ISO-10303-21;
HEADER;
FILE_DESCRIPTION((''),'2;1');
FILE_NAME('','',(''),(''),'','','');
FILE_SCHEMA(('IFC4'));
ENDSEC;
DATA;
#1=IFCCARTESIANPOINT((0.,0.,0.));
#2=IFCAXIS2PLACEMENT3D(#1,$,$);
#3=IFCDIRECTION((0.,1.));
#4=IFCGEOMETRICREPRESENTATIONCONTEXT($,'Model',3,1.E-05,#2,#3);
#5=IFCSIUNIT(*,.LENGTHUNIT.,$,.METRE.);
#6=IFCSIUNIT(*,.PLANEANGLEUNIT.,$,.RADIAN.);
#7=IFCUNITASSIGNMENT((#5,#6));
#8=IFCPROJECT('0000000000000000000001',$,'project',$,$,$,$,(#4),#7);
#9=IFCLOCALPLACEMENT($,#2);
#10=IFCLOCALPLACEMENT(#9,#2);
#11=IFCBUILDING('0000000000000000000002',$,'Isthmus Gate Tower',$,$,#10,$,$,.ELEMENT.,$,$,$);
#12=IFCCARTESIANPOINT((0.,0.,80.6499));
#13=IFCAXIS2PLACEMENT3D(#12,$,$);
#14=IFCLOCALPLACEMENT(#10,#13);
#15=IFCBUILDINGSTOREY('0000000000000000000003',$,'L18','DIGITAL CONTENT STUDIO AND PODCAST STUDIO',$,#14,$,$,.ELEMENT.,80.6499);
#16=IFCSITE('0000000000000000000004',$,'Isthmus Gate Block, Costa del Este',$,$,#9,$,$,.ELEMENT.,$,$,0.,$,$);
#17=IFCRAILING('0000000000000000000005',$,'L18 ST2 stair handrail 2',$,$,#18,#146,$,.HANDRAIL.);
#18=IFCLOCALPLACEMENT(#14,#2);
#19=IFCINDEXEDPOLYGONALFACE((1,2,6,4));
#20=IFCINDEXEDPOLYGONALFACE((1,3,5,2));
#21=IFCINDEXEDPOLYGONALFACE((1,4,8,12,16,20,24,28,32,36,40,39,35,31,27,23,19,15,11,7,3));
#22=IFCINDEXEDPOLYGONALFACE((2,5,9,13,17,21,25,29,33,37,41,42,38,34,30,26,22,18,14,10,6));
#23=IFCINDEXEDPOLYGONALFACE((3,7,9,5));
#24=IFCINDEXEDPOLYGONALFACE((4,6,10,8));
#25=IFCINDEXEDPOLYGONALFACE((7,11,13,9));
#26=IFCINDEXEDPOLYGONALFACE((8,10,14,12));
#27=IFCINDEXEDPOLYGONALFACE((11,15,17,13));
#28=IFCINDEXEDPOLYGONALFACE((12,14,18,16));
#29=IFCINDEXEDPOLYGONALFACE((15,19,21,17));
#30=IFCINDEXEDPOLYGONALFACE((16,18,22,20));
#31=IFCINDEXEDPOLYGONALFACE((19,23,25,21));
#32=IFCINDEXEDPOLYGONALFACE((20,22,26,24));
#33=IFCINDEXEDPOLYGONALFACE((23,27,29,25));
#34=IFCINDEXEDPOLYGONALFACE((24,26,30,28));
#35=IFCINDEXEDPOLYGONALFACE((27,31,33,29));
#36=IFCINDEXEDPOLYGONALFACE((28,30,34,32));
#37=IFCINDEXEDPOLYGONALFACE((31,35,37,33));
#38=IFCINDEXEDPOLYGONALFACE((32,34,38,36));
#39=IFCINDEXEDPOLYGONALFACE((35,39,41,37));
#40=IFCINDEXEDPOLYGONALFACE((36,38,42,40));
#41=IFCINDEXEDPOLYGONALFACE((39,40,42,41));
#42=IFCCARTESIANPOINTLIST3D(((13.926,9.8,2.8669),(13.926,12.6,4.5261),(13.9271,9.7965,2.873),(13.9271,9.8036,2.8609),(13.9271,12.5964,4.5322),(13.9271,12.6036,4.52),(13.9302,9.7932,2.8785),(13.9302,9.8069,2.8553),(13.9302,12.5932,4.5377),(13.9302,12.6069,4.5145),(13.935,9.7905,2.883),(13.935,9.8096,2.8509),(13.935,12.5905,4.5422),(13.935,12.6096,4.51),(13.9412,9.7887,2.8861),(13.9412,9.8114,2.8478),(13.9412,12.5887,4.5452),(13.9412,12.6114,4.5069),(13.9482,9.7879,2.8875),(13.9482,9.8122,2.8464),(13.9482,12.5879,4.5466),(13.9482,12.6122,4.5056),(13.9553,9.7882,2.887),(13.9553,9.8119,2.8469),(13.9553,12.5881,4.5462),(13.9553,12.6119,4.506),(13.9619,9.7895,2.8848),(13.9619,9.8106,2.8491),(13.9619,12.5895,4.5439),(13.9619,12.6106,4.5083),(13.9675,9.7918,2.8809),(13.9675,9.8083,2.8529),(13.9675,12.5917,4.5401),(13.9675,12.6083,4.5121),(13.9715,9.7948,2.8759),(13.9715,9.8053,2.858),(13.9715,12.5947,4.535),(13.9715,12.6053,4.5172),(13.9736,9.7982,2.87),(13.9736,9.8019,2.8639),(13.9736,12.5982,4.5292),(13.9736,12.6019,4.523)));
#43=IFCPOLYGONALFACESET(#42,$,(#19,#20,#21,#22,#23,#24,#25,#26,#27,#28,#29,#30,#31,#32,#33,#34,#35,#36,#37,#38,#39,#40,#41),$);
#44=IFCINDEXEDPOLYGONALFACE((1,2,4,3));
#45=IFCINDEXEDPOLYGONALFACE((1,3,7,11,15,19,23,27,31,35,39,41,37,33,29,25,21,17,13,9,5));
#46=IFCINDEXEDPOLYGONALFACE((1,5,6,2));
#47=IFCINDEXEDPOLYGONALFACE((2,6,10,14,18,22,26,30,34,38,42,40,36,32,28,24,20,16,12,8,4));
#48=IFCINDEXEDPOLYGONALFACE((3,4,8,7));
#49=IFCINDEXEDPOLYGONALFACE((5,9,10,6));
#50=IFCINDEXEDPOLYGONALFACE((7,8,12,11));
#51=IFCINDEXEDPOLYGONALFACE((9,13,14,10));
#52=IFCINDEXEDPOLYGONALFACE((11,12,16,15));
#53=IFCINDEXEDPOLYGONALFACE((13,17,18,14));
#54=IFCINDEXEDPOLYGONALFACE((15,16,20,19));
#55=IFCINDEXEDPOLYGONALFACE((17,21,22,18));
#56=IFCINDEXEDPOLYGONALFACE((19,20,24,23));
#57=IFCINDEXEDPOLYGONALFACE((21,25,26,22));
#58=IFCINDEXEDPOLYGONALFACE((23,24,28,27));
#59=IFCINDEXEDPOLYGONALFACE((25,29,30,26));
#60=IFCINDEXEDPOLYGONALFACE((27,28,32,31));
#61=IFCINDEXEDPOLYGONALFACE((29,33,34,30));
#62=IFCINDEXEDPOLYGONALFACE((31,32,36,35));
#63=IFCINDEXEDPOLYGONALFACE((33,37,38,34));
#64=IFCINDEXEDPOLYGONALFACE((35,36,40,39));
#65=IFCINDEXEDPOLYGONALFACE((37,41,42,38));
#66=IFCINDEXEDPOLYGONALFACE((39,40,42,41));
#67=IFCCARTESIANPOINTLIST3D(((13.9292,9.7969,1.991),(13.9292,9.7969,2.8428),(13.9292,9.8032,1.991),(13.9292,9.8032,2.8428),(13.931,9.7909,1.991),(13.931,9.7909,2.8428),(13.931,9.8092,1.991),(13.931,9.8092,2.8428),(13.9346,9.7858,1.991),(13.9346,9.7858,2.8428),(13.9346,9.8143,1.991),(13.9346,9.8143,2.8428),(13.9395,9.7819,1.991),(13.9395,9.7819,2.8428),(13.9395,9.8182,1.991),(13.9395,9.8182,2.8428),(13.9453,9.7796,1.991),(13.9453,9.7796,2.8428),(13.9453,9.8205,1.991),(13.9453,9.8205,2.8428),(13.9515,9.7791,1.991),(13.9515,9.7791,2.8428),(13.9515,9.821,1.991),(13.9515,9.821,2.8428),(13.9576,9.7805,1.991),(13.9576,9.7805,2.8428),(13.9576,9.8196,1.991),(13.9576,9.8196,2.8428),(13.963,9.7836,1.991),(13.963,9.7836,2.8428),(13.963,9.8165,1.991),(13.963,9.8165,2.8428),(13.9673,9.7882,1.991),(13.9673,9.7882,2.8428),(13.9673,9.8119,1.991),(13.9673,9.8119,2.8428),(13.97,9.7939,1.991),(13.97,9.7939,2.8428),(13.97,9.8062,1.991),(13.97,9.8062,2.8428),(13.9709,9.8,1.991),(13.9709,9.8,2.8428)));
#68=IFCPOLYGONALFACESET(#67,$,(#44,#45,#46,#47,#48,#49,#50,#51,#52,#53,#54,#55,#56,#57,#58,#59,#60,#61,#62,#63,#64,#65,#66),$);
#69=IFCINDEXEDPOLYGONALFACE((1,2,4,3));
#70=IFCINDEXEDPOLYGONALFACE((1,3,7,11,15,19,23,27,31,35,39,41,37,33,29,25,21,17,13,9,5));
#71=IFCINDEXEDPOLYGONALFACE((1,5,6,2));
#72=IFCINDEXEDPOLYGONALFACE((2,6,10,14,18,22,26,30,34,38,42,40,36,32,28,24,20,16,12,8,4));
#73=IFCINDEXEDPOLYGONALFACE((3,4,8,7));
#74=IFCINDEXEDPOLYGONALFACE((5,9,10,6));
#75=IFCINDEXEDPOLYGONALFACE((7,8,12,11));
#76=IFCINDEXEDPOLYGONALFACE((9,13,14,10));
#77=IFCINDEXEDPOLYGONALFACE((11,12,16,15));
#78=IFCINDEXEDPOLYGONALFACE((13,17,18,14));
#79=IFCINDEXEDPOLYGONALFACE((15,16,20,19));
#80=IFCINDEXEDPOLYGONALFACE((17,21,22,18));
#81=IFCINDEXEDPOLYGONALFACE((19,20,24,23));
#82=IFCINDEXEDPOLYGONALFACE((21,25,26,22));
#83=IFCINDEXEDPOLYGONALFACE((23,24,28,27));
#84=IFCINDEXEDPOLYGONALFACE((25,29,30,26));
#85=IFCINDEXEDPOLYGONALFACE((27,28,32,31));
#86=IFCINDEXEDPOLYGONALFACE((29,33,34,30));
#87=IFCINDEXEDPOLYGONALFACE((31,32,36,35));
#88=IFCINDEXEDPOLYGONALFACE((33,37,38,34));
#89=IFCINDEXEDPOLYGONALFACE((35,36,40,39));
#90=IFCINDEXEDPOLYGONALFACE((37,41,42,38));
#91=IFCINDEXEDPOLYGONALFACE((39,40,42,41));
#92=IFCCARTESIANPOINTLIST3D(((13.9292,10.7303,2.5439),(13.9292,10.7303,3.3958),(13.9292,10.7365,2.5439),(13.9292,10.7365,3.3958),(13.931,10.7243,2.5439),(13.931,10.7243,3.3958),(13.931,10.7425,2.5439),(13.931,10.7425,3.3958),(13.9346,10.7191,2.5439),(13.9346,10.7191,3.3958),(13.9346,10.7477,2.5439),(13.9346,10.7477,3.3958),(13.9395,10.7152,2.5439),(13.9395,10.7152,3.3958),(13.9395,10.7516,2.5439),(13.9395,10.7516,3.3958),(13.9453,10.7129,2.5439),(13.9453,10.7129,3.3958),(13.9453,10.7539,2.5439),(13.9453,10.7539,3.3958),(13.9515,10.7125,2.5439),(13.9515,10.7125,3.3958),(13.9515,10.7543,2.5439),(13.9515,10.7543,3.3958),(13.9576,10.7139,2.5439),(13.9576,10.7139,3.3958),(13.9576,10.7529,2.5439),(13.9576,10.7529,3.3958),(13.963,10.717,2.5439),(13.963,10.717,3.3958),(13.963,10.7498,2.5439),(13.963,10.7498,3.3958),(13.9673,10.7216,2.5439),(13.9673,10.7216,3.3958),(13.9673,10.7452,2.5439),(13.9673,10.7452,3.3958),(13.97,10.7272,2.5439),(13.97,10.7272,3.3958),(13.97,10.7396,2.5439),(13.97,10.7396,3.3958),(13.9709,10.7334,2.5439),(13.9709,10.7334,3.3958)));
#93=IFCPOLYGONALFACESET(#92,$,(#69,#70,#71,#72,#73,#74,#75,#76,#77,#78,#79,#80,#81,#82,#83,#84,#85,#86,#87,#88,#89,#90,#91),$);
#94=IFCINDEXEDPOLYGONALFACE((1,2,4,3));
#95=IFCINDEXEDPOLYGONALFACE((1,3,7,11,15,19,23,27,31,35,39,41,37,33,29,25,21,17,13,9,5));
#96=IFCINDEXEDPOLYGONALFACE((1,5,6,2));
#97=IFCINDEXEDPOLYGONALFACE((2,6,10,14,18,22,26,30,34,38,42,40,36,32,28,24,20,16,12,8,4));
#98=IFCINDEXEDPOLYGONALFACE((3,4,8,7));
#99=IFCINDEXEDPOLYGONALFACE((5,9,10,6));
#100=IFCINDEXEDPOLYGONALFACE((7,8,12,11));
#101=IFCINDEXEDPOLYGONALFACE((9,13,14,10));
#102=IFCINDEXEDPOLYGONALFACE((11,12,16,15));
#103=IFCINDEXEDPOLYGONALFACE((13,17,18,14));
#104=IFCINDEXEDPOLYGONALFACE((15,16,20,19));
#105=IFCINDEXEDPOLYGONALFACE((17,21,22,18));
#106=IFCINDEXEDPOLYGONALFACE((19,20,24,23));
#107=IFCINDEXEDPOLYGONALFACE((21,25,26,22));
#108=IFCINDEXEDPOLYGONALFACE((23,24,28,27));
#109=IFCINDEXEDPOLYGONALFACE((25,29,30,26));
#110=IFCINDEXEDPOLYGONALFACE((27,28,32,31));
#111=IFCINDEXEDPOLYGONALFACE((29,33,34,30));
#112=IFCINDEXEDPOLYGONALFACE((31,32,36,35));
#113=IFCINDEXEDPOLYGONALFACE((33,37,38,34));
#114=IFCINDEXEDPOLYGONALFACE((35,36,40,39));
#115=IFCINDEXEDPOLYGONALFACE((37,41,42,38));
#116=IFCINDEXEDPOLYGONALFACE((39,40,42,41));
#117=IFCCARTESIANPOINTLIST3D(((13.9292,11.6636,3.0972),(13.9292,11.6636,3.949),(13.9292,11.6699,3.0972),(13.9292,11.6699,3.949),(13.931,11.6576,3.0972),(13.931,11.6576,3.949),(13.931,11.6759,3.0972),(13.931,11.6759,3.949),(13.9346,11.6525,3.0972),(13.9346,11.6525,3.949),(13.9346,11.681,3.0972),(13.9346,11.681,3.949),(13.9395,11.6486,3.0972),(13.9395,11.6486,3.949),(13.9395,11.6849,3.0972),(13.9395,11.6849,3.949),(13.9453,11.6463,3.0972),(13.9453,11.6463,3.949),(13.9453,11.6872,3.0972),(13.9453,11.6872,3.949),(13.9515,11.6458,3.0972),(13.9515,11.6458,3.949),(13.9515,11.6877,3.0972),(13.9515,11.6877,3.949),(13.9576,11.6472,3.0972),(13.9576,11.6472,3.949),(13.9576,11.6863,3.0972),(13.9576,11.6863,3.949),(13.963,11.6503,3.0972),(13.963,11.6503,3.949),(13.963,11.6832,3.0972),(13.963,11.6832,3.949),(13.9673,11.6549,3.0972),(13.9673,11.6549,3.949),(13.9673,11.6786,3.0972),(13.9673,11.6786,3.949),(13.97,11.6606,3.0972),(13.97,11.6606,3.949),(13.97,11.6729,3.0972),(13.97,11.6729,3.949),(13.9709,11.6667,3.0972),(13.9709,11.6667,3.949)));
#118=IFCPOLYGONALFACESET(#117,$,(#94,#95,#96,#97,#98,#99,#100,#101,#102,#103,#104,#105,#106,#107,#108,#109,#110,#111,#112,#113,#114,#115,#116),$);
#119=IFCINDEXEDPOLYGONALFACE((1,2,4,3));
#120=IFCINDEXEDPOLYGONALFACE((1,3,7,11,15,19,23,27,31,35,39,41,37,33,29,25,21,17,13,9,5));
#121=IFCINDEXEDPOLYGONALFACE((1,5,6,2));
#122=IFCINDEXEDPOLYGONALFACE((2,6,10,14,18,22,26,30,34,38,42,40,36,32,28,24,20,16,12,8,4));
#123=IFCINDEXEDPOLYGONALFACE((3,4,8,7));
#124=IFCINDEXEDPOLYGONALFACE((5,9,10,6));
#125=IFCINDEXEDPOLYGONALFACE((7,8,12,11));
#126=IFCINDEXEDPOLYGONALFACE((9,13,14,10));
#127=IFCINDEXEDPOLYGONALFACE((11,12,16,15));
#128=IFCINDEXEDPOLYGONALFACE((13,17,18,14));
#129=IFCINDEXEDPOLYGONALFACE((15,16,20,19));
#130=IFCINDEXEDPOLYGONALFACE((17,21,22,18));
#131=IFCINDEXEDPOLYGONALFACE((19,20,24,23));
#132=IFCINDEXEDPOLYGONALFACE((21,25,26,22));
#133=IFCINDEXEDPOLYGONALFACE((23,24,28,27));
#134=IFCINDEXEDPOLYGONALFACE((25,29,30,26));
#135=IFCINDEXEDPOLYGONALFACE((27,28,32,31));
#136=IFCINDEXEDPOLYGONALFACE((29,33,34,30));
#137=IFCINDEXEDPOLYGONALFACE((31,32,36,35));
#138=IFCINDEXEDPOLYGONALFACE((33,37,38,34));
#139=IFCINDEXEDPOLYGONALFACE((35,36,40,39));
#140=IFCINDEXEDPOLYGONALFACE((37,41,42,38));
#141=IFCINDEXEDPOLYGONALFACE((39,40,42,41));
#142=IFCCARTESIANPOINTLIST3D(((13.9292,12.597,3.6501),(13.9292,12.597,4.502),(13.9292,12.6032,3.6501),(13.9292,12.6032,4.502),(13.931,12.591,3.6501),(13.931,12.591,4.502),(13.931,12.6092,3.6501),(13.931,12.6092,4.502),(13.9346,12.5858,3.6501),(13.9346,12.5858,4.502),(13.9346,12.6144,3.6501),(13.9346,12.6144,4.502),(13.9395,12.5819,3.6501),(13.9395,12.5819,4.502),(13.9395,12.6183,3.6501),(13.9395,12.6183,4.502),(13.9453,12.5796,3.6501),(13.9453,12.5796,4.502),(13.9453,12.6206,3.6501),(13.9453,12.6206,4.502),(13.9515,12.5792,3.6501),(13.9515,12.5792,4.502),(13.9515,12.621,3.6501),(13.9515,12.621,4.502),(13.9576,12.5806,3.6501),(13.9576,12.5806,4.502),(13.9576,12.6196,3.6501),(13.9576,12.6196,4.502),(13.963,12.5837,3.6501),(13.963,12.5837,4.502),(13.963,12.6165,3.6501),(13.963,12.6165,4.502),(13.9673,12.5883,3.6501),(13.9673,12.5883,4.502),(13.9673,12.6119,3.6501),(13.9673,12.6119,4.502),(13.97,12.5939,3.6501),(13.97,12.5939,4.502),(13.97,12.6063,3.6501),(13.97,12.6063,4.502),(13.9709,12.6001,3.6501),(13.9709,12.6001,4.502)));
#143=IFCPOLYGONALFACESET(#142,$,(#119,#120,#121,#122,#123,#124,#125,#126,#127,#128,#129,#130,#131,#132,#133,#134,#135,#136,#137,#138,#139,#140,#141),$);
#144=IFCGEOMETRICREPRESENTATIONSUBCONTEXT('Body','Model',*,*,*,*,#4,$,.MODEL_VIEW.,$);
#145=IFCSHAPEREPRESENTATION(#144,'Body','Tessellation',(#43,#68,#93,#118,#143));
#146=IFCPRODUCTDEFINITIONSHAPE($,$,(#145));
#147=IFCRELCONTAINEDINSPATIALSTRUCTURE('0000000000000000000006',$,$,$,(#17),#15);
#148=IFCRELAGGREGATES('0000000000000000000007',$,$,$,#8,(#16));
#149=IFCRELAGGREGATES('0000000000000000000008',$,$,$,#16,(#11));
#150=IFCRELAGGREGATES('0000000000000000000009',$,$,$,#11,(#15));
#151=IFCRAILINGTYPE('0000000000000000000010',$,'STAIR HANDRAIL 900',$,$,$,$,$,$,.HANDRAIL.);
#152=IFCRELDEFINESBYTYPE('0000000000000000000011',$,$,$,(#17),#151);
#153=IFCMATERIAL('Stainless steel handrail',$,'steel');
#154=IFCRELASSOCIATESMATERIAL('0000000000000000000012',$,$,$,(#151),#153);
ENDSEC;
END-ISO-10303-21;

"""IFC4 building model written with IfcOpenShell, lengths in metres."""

from ifc_helpers import new_model, si_unit, direction, frame, origin, origin_2d, place, context, subcontext, project, spatial, circle, extrude, material, type_object, element, save


model = new_model("IFC4")

# Units and contexts
model_context = context("Model", 3, precision=1e-05, world=origin(), true_north=direction((0.0, 1.0)))
body_context = subcontext(model_context, "Body", "Model", "MODEL_VIEW")
ifc_project = project(units=[si_unit("LENGTHUNIT", "METRE"), si_unit("PLANEANGLEUNIT", "RADIAN")], contexts=[model_context])

# Site, building, storey
site_placement = place(None, origin())
site = spatial("IfcSite", under=ifc_project, at=site_placement, Name="Isthmus Gate Block, Costa del Este", CompositionType="ELEMENT", RefElevation=0.0)
building_placement = place(site_placement, origin())
building = spatial("IfcBuilding", under=site, at=building_placement, Name="Isthmus Gate Tower", CompositionType="ELEMENT")
storey_placement = place(building_placement, frame((0.0, 0.0, 80.6499)))
storey = spatial("IfcBuildingStorey", under=building, at=storey_placement, Name="L18", Description="DIGITAL CONTENT STUDIO AND PODCAST STUDIO", CompositionType="ELEMENT", Elevation=80.6499)

# Railing
ifc_material_1 = material(Name="Stainless steel handrail", Category="steel")
railing_type_1 = type_object("IfcRailingType", Name="STAIR HANDRAIL 900", PredefinedType="HANDRAIL", material=ifc_material_1)
railing_1_placement = place(storey_placement, frame((13.95, 9.8, 1.991)))
element("IfcRailing", 1, at=railing_1_placement, inside=storey, type_object=railing_type_1, Name="L18 ST2 stair handrail 2", PredefinedType="HANDRAIL", context=body_context, shape_type="SweptSolid", body=[
    extrude(circle(Radius=0.0239, at=origin_2d()), frame((0.0, 0.0, 0.876), z_axis=(0.0, 0.860306, 0.509778), x_axis=(-1.0, 0.0, 0.0)), (0.0, 0.0, 1.0), 3.2546),
    extrude(circle(Radius=0.021, at=origin_2d()), origin(), (0.0, 0.0, 1.0), 0.8518),
    extrude(circle(Radius=0.021, at=origin_2d()), frame((0.0, 0.9333, 0.553)), (0.0, 0.0, 1.0), 0.8518),
    extrude(circle(Radius=0.021, at=origin_2d()), frame((0.0, 1.8667, 1.1062)), (0.0, 0.0, 1.0), 0.8518),
    extrude(circle(Radius=0.021, at=origin_2d()), frame((0.0, 2.8, 1.6592)), (0.0, 0.0, 1.0), 0.8518),
])

save(model, "model.ifc")
